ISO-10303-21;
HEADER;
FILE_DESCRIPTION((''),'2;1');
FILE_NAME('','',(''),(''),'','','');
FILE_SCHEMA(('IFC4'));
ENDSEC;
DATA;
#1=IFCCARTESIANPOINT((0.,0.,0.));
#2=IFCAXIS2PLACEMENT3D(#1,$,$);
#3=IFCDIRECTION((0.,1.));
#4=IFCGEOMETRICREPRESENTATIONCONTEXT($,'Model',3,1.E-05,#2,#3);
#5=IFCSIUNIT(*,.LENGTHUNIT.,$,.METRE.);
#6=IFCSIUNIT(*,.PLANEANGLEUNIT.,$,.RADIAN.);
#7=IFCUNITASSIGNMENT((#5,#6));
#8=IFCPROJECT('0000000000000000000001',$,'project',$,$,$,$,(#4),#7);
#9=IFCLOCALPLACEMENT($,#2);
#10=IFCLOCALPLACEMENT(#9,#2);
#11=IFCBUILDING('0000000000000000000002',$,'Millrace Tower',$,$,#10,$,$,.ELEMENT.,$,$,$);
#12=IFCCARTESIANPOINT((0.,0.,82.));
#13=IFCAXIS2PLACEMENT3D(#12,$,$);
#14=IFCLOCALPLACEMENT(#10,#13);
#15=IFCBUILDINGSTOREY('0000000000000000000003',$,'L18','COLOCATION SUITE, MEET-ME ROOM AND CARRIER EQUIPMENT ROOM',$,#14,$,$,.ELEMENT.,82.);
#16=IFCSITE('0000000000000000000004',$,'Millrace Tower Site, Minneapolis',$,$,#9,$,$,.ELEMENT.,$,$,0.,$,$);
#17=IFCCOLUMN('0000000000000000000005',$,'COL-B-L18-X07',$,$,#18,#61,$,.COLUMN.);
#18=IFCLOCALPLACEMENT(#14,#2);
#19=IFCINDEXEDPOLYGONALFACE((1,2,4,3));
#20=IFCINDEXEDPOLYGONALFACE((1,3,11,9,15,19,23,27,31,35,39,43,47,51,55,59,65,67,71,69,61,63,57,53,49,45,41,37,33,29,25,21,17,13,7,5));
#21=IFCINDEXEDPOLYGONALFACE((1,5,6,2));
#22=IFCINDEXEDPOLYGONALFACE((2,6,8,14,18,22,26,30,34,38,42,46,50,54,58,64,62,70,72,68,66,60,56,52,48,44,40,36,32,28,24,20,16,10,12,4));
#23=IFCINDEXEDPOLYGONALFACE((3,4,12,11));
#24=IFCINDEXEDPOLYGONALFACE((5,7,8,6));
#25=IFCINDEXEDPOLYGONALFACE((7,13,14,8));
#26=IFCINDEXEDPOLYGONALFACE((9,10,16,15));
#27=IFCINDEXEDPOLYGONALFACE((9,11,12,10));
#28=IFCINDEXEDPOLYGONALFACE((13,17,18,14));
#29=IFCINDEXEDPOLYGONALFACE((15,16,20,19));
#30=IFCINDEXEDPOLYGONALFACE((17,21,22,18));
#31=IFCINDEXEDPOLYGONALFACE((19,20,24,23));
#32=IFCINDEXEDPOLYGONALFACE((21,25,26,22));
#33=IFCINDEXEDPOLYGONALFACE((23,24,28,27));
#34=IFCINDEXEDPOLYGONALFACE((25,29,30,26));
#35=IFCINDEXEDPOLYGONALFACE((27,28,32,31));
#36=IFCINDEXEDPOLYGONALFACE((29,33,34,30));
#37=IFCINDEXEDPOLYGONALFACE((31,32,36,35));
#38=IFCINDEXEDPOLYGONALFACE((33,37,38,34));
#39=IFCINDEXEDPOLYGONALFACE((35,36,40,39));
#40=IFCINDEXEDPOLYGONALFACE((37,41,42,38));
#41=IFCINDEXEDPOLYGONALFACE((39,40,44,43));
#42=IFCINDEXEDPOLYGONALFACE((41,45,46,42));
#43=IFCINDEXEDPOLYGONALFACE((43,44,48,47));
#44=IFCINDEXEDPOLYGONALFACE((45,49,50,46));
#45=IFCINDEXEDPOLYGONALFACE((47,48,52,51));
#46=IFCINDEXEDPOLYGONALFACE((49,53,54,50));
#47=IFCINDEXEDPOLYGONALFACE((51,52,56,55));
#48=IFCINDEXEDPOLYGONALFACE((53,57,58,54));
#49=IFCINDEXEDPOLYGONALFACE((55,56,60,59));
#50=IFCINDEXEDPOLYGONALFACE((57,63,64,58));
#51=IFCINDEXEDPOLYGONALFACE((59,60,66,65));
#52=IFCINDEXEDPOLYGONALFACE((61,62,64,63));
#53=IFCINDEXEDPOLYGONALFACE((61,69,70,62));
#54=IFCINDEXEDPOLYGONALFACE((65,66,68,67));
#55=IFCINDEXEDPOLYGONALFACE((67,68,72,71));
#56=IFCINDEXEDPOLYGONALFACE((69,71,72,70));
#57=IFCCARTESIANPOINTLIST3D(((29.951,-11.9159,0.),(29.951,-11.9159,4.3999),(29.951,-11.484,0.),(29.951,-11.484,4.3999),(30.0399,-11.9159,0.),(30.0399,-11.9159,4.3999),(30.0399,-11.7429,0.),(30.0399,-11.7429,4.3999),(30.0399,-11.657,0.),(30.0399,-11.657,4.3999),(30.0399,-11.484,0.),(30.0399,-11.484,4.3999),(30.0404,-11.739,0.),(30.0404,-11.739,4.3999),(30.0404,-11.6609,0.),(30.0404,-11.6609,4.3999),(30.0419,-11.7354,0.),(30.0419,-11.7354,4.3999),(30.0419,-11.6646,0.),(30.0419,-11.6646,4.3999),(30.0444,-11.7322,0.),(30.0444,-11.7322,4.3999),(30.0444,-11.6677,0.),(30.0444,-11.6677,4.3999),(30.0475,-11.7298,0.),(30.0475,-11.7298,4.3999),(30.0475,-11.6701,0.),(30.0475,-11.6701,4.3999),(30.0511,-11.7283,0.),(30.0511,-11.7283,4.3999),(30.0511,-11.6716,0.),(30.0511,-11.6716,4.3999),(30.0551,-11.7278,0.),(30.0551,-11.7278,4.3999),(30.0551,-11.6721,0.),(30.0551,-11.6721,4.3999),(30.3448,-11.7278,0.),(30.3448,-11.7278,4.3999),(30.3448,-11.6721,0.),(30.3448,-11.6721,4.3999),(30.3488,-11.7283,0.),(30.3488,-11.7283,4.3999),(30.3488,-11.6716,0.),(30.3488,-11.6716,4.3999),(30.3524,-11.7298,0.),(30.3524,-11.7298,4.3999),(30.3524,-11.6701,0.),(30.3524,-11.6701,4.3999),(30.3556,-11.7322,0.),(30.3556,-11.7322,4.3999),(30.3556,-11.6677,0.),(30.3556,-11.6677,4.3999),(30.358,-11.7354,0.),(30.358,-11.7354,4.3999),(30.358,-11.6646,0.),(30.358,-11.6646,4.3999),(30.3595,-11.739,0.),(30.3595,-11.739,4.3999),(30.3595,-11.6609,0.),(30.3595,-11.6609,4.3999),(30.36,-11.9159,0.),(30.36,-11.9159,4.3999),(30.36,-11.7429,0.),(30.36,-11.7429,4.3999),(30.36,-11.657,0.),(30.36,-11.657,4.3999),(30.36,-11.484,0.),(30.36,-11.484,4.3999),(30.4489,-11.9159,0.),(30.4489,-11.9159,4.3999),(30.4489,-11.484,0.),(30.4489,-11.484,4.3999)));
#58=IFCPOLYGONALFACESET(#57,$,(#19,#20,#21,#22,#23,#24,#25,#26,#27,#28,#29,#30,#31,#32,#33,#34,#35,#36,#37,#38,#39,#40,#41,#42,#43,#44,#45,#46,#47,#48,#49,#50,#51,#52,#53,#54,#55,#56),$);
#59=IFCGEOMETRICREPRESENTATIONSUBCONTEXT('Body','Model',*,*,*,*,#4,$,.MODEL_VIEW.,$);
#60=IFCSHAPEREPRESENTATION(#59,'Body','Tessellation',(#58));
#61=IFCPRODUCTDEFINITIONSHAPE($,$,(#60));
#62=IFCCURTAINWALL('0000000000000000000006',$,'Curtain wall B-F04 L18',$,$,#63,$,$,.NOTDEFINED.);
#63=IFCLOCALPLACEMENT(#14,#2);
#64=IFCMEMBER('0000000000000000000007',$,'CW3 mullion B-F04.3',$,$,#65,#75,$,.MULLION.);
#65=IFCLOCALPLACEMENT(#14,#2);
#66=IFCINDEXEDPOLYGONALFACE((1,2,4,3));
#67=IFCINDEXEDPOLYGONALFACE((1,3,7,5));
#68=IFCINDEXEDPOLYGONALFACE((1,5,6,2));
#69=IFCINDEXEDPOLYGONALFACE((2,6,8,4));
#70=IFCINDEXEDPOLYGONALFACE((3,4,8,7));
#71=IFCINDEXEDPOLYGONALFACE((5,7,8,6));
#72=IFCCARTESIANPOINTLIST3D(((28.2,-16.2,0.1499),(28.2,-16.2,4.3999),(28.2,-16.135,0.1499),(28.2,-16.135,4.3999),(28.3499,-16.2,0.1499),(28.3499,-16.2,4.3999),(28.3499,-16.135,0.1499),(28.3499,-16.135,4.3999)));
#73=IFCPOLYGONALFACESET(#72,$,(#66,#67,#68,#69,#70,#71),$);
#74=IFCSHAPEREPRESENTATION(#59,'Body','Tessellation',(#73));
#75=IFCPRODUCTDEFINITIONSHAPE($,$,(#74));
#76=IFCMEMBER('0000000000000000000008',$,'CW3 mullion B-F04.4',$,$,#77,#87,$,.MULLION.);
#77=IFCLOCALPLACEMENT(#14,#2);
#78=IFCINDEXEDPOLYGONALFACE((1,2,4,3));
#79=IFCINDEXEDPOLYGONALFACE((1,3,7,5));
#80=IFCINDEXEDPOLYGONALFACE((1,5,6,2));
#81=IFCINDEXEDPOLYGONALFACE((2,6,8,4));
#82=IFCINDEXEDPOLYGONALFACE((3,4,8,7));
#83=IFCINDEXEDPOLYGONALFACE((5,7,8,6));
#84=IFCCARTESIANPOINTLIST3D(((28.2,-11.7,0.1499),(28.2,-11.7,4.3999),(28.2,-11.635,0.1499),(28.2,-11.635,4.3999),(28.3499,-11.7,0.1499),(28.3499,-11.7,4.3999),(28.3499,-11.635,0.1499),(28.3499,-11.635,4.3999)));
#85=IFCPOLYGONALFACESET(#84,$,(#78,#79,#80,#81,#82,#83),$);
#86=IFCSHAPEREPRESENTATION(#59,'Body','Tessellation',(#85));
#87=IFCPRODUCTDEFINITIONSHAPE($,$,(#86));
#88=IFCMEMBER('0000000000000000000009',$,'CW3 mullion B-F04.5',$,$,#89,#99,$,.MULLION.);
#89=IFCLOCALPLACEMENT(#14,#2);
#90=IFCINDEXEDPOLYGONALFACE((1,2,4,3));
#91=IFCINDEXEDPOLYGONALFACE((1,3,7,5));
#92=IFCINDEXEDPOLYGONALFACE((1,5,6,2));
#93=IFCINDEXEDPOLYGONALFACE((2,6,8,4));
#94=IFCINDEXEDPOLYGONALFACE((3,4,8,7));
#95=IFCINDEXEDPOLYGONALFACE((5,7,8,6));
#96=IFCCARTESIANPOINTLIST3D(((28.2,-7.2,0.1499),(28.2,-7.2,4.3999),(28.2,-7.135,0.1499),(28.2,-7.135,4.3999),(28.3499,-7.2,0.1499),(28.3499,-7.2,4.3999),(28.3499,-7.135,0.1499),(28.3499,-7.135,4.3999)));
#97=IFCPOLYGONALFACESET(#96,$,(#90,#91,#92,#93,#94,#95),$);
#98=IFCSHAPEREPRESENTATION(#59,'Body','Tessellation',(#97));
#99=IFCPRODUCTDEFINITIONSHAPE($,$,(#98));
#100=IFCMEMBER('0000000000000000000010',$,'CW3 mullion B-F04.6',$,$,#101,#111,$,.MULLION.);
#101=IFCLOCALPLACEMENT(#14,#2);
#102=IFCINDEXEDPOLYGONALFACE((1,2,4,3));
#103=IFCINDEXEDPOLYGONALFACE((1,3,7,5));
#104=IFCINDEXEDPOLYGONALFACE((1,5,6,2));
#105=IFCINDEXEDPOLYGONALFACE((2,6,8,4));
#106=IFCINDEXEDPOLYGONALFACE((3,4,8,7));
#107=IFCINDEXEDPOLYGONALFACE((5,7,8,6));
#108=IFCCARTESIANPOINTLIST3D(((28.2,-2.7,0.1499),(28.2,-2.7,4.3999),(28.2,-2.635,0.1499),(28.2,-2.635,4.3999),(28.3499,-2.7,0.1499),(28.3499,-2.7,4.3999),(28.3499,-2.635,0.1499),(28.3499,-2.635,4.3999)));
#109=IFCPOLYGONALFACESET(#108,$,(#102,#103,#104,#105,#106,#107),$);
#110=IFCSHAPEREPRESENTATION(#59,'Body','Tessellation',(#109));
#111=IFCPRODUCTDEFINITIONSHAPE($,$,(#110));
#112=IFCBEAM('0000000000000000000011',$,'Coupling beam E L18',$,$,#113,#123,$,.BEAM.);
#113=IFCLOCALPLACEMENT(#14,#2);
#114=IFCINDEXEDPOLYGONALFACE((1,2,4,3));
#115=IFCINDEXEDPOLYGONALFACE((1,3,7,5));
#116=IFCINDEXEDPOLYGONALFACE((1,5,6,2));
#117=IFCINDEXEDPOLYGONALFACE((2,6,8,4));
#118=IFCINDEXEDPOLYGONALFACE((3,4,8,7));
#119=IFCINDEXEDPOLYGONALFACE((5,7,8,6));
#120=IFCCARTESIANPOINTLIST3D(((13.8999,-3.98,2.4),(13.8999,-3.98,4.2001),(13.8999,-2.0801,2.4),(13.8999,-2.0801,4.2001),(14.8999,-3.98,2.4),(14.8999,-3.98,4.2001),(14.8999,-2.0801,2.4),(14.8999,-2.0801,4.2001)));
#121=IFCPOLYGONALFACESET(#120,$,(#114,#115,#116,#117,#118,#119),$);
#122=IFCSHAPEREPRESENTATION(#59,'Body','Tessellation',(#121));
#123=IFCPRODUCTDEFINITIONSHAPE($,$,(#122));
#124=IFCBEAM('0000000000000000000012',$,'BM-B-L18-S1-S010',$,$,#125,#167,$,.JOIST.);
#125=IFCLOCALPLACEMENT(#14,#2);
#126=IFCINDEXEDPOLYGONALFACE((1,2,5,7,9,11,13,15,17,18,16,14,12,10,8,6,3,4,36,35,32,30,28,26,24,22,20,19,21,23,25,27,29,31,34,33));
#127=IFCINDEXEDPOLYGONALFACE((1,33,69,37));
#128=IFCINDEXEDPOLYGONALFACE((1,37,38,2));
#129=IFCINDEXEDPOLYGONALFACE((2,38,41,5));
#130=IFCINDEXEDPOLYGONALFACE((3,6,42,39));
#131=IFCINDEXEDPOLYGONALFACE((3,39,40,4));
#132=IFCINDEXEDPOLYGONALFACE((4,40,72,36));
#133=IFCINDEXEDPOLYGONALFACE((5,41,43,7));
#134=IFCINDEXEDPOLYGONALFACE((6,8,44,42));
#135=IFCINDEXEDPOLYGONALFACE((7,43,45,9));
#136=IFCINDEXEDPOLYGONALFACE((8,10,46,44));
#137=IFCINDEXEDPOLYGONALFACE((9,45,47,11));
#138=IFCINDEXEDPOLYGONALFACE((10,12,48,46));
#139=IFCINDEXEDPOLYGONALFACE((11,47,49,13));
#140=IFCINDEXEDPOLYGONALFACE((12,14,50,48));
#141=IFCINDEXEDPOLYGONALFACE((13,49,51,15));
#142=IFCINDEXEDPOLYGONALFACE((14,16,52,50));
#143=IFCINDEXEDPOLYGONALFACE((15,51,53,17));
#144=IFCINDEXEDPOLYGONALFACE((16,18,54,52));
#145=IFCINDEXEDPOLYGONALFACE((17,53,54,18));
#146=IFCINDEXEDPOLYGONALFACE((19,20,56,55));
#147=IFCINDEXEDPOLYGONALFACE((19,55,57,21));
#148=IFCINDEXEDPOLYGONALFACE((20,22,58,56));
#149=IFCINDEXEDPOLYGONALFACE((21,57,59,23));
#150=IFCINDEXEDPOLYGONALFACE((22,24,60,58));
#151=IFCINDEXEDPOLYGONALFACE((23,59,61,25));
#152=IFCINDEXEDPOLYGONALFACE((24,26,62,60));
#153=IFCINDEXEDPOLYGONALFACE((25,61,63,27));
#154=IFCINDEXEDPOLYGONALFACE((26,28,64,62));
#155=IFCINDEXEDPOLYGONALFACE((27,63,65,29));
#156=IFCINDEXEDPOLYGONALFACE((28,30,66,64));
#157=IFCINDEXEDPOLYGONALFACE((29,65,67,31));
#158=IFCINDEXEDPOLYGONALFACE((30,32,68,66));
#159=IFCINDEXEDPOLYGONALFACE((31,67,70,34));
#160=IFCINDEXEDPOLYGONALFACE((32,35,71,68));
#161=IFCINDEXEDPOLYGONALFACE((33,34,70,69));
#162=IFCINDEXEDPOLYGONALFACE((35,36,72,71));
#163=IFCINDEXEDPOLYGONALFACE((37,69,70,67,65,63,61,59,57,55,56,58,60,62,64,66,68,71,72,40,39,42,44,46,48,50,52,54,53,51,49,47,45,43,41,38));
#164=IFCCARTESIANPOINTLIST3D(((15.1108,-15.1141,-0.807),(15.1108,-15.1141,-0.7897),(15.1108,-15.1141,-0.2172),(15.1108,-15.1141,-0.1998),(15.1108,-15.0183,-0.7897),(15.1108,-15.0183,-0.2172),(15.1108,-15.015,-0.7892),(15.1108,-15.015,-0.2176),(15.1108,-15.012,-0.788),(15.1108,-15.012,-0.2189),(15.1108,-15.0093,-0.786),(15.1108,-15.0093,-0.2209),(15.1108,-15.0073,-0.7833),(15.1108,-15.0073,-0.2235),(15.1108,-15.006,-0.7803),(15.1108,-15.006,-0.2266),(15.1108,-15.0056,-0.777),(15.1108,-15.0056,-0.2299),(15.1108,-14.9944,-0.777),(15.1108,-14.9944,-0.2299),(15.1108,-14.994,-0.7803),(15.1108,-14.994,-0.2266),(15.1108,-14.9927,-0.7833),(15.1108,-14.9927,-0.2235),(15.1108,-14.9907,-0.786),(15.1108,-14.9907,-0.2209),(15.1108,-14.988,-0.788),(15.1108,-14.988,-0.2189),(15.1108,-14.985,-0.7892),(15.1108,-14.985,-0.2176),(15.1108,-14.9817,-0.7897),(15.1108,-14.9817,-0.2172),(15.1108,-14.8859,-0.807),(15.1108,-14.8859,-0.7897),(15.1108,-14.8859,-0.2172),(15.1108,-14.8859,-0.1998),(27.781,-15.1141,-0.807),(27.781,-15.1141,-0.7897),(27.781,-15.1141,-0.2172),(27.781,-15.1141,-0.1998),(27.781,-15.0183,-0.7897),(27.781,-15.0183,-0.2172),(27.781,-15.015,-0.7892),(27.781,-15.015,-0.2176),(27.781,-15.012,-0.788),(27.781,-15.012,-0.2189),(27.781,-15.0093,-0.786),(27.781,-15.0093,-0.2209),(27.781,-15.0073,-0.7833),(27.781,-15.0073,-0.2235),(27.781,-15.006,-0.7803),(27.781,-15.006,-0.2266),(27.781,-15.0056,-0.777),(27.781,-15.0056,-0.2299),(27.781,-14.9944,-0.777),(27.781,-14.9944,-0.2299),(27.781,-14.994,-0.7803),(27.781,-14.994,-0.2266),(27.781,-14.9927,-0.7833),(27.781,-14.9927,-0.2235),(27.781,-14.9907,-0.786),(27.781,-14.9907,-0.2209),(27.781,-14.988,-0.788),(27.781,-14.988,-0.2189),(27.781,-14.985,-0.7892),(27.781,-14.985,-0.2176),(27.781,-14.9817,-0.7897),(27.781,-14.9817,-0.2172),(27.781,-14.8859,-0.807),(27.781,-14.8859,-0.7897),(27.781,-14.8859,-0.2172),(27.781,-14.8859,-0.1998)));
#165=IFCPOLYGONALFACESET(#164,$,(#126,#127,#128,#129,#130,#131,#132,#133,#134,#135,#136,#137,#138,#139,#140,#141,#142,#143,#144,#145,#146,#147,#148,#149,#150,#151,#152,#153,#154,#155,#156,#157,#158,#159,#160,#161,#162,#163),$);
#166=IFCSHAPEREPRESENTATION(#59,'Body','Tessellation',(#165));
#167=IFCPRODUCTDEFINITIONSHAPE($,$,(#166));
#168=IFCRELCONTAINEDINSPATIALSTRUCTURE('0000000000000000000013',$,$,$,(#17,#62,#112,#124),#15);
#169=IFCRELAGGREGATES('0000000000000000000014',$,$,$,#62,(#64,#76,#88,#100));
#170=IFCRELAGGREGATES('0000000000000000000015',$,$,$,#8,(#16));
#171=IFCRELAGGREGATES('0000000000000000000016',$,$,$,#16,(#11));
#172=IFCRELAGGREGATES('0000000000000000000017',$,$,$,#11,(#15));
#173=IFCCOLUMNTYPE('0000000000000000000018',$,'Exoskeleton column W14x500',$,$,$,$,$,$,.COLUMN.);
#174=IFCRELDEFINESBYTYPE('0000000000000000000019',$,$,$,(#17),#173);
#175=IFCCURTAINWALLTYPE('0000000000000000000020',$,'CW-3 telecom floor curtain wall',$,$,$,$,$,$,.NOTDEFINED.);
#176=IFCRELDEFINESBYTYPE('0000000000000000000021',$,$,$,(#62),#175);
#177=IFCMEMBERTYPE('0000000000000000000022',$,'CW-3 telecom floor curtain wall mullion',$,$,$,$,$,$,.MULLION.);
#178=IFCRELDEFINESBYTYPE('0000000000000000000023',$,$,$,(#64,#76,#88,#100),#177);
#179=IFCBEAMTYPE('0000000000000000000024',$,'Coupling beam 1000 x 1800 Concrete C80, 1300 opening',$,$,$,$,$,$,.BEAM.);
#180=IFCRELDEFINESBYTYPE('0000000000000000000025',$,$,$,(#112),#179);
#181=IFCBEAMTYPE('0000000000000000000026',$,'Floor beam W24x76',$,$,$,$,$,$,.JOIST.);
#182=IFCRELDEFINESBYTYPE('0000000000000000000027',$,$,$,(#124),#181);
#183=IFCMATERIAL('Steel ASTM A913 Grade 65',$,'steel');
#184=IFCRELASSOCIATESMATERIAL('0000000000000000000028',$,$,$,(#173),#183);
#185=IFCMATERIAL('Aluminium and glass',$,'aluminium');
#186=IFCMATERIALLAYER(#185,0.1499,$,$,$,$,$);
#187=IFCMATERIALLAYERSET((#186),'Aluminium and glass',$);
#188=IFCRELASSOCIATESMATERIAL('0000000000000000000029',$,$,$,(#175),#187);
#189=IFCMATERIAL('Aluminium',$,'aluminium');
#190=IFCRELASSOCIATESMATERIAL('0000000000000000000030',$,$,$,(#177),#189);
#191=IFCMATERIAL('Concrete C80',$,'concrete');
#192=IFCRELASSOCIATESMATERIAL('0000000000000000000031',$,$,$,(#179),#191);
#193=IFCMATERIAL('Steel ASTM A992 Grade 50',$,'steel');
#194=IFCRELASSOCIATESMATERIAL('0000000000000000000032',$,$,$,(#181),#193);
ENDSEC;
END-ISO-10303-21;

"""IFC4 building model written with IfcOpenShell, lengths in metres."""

from ifc_helpers import new_model, si_unit, direction, frame, origin, origin_2d, place, context, subcontext, project, spatial, rectangle, i_section, extrude, material, layer, layer_set, material_profile, profile_set, type_object, element, aggregate, save


model = new_model("IFC4")

# Units and contexts
model_context = context("Model", 3, precision=1e-05, world=origin(), true_north=direction((0.0, 1.0)))
body_context = subcontext(model_context, "Body", "Model", "MODEL_VIEW")
ifc_project = project(units=[si_unit("LENGTHUNIT", "METRE"), si_unit("PLANEANGLEUNIT", "RADIAN")], contexts=[model_context])

# Site, building, storey
site_placement = place(None, origin())
site = spatial("IfcSite", under=ifc_project, at=site_placement, Name="Millrace Tower Site, Minneapolis", CompositionType="ELEMENT", RefElevation=0.0)
building_placement = place(site_placement, origin())
building = spatial("IfcBuilding", under=site, at=building_placement, Name="Millrace Tower", CompositionType="ELEMENT")
storey_placement = place(building_placement, frame((0.0, 0.0, 82.0)))
storey = spatial("IfcBuildingStorey", under=building, at=storey_placement, Name="L18", Description="COLOCATION SUITE, MEET-ME ROOM AND CARRIER EQUIPMENT ROOM", CompositionType="ELEMENT", Elevation=82.0)

# Column
ifc_material_1 = material(Name="Steel ASTM A913 Grade 65", Category="steel")
ifc_material_profile_1 = material_profile(ifc_material_1, i_section(OverallWidth=0.4319, OverallDepth=0.4978, WebThickness=0.0557, FlangeThickness=0.0889, FilletRadius=0.0151, at=origin_2d()))
ifc_profile_set_1 = profile_set([ifc_material_profile_1], Name="Steel ASTM A913 Grade 65")
column_type = type_object("IfcColumnType", Name="Exoskeleton column W14x500", PredefinedType="COLUMN", material=ifc_profile_set_1)
column_placement = place(storey_placement, frame((30.2, -11.7, 0.0), z_axis=(0.0, 0.0, 1.0), x_axis=(0.0, 1.0, 0.0)))
element("IfcColumn", 1, at=column_placement, inside=storey, type_object=column_type, Name="COL-B-L18-X07", PredefinedType="COLUMN", context=body_context, shape_type="SweptSolid", body=[
    extrude(i_section(OverallWidth=0.4319, OverallDepth=0.4978, WebThickness=0.0557, FlangeThickness=0.0889, FilletRadius=0.0151, at=origin_2d()), origin(), (0.0, 0.0, 1.0), 4.3999),
])

# Curtain wall, members
ifc_material_2 = material(Name="Aluminium and glass", Category="aluminium")
ifc_layer_1 = layer(ifc_material_2, 0.1499)
ifc_layer_set_1 = layer_set([ifc_layer_1], Name="Aluminium and glass")
curtain_wall_type = type_object("IfcCurtainWallType", Name="CW-3 telecom floor curtain wall", PredefinedType="NOTDEFINED", material=ifc_layer_set_1)
curtain_wall_placement = place(storey_placement, origin())
curtain_wall = element("IfcCurtainWall", 2, at=curtain_wall_placement, inside=storey, type_object=curtain_wall_type, Name="Curtain wall B-F04 L18", PredefinedType="NOTDEFINED")
ifc_material_3 = material(Name="Aluminium", Category="aluminium")
ifc_material_profile_2 = material_profile(ifc_material_3, rectangle(XDim=0.0649, YDim=0.1499, at=origin_2d()))
ifc_profile_set_2 = profile_set([ifc_material_profile_2], Name="Aluminium")
member_type = type_object("IfcMemberType", Name="CW-3 telecom floor curtain wall mullion", PredefinedType="MULLION", material=ifc_profile_set_2)
member_1_placement = place(storey_placement, frame((28.2749, -16.1675, 0.1499), z_axis=(0.0, 0.0, 1.0), x_axis=(0.0, 1.0, 0.0)))
member_1 = element("IfcMember", 3, at=member_1_placement, type_object=member_type, Name="CW3 mullion B-F04.3", PredefinedType="MULLION", context=body_context, shape_type="SweptSolid", body=[
    extrude(rectangle(XDim=0.0649, YDim=0.1499, at=origin_2d()), origin(), (0.0, 0.0, 1.0), 4.25),
])
member_2_placement = place(storey_placement, frame((28.2749, -11.6675, 0.1499), z_axis=(0.0, 0.0, 1.0), x_axis=(0.0, 1.0, 0.0)))
member_2 = element("IfcMember", 4, at=member_2_placement, type_object=member_type, Name="CW3 mullion B-F04.4", PredefinedType="MULLION", context=body_context, shape_type="SweptSolid", body=[
    extrude(rectangle(XDim=0.0649, YDim=0.1499, at=origin_2d()), origin(), (0.0, 0.0, 1.0), 4.25),
])
member_3_placement = place(storey_placement, frame((28.2749, -7.1675, 0.1499), z_axis=(0.0, 0.0, 1.0), x_axis=(0.0, 1.0, 0.0)))
member_3 = element("IfcMember", 5, at=member_3_placement, type_object=member_type, Name="CW3 mullion B-F04.5", PredefinedType="MULLION", context=body_context, shape_type="SweptSolid", body=[
    extrude(rectangle(XDim=0.0649, YDim=0.1499, at=origin_2d()), origin(), (0.0, 0.0, 1.0), 4.25),
])
member_4_placement = place(storey_placement, frame((28.2749, -2.6675, 0.1499), z_axis=(0.0, 0.0, 1.0), x_axis=(0.0, 1.0, 0.0)))
member_4 = element("IfcMember", 6, at=member_4_placement, type_object=member_type, Name="CW3 mullion B-F04.6", PredefinedType="MULLION", context=body_context, shape_type="SweptSolid", body=[
    extrude(rectangle(XDim=0.0649, YDim=0.1499, at=origin_2d()), origin(), (0.0, 0.0, 1.0), 4.25),
])
aggregate(curtain_wall, [member_1, member_2, member_3, member_4])

# Beams
ifc_material_4 = material(Name="Concrete C80", Category="concrete")
ifc_material_profile_3 = material_profile(ifc_material_4, rectangle(XDim=1.0, YDim=1.8, at=origin_2d()))
ifc_profile_set_3 = profile_set([ifc_material_profile_3], Name="Concrete C80")
beam_type_1 = type_object("IfcBeamType", Name="Coupling beam 1000 x 1800 Concrete C80, 1300 opening", PredefinedType="BEAM", material=ifc_profile_set_3)
beam_1_placement = place(storey_placement, frame((14.3999, -2.0801, 3.3), z_axis=(0.0, -1.0, 0.0), x_axis=(1.0, 0.0, 0.0)))
element("IfcBeam", 7, at=beam_1_placement, inside=storey, type_object=beam_type_1, Name="Coupling beam E L18", PredefinedType="BEAM", context=body_context, shape_type="SweptSolid", body=[
    extrude(rectangle(XDim=1.0, YDim=1.8, at=origin_2d()), origin(), (0.0, 0.0, 1.0), 1.8999),
])
ifc_material_5 = material(Name="Steel ASTM A992 Grade 50", Category="steel")
ifc_material_profile_4 = material_profile(ifc_material_5, i_section(OverallWidth=0.2283, OverallDepth=0.6072, WebThickness=0.0112, FlangeThickness=0.0173, FilletRadius=0.0127, at=origin_2d()))
ifc_profile_set_4 = profile_set([ifc_material_profile_4], Name="Steel ASTM A992 Grade 50")
beam_type_2 = type_object("IfcBeamType", Name="Floor beam W24x76", PredefinedType="JOIST", material=ifc_profile_set_4)
for number, where, z_axis, x_axis, name in (
    (8, (15.1108, -15.0, -0.5034), (1.0, 0.0, 0.0), (0.0, 1.0, 0.0), "BM-B-L18-S1-S010"),
):
    element("IfcBeam", number, at=place(storey_placement, frame(where, z_axis=z_axis, x_axis=x_axis)), inside=storey, type_object=beam_type_2, Name=name, PredefinedType="JOIST", context=body_context, shape_type="SweptSolid", body=[
        extrude(i_section(OverallWidth=0.2283, OverallDepth=0.6072, WebThickness=0.0112, FlangeThickness=0.0173, FilletRadius=0.0127, at=origin_2d()), origin(), (0.0, 0.0, 1.0), 12.6702),
    ])

save(model, "model.ifc")
